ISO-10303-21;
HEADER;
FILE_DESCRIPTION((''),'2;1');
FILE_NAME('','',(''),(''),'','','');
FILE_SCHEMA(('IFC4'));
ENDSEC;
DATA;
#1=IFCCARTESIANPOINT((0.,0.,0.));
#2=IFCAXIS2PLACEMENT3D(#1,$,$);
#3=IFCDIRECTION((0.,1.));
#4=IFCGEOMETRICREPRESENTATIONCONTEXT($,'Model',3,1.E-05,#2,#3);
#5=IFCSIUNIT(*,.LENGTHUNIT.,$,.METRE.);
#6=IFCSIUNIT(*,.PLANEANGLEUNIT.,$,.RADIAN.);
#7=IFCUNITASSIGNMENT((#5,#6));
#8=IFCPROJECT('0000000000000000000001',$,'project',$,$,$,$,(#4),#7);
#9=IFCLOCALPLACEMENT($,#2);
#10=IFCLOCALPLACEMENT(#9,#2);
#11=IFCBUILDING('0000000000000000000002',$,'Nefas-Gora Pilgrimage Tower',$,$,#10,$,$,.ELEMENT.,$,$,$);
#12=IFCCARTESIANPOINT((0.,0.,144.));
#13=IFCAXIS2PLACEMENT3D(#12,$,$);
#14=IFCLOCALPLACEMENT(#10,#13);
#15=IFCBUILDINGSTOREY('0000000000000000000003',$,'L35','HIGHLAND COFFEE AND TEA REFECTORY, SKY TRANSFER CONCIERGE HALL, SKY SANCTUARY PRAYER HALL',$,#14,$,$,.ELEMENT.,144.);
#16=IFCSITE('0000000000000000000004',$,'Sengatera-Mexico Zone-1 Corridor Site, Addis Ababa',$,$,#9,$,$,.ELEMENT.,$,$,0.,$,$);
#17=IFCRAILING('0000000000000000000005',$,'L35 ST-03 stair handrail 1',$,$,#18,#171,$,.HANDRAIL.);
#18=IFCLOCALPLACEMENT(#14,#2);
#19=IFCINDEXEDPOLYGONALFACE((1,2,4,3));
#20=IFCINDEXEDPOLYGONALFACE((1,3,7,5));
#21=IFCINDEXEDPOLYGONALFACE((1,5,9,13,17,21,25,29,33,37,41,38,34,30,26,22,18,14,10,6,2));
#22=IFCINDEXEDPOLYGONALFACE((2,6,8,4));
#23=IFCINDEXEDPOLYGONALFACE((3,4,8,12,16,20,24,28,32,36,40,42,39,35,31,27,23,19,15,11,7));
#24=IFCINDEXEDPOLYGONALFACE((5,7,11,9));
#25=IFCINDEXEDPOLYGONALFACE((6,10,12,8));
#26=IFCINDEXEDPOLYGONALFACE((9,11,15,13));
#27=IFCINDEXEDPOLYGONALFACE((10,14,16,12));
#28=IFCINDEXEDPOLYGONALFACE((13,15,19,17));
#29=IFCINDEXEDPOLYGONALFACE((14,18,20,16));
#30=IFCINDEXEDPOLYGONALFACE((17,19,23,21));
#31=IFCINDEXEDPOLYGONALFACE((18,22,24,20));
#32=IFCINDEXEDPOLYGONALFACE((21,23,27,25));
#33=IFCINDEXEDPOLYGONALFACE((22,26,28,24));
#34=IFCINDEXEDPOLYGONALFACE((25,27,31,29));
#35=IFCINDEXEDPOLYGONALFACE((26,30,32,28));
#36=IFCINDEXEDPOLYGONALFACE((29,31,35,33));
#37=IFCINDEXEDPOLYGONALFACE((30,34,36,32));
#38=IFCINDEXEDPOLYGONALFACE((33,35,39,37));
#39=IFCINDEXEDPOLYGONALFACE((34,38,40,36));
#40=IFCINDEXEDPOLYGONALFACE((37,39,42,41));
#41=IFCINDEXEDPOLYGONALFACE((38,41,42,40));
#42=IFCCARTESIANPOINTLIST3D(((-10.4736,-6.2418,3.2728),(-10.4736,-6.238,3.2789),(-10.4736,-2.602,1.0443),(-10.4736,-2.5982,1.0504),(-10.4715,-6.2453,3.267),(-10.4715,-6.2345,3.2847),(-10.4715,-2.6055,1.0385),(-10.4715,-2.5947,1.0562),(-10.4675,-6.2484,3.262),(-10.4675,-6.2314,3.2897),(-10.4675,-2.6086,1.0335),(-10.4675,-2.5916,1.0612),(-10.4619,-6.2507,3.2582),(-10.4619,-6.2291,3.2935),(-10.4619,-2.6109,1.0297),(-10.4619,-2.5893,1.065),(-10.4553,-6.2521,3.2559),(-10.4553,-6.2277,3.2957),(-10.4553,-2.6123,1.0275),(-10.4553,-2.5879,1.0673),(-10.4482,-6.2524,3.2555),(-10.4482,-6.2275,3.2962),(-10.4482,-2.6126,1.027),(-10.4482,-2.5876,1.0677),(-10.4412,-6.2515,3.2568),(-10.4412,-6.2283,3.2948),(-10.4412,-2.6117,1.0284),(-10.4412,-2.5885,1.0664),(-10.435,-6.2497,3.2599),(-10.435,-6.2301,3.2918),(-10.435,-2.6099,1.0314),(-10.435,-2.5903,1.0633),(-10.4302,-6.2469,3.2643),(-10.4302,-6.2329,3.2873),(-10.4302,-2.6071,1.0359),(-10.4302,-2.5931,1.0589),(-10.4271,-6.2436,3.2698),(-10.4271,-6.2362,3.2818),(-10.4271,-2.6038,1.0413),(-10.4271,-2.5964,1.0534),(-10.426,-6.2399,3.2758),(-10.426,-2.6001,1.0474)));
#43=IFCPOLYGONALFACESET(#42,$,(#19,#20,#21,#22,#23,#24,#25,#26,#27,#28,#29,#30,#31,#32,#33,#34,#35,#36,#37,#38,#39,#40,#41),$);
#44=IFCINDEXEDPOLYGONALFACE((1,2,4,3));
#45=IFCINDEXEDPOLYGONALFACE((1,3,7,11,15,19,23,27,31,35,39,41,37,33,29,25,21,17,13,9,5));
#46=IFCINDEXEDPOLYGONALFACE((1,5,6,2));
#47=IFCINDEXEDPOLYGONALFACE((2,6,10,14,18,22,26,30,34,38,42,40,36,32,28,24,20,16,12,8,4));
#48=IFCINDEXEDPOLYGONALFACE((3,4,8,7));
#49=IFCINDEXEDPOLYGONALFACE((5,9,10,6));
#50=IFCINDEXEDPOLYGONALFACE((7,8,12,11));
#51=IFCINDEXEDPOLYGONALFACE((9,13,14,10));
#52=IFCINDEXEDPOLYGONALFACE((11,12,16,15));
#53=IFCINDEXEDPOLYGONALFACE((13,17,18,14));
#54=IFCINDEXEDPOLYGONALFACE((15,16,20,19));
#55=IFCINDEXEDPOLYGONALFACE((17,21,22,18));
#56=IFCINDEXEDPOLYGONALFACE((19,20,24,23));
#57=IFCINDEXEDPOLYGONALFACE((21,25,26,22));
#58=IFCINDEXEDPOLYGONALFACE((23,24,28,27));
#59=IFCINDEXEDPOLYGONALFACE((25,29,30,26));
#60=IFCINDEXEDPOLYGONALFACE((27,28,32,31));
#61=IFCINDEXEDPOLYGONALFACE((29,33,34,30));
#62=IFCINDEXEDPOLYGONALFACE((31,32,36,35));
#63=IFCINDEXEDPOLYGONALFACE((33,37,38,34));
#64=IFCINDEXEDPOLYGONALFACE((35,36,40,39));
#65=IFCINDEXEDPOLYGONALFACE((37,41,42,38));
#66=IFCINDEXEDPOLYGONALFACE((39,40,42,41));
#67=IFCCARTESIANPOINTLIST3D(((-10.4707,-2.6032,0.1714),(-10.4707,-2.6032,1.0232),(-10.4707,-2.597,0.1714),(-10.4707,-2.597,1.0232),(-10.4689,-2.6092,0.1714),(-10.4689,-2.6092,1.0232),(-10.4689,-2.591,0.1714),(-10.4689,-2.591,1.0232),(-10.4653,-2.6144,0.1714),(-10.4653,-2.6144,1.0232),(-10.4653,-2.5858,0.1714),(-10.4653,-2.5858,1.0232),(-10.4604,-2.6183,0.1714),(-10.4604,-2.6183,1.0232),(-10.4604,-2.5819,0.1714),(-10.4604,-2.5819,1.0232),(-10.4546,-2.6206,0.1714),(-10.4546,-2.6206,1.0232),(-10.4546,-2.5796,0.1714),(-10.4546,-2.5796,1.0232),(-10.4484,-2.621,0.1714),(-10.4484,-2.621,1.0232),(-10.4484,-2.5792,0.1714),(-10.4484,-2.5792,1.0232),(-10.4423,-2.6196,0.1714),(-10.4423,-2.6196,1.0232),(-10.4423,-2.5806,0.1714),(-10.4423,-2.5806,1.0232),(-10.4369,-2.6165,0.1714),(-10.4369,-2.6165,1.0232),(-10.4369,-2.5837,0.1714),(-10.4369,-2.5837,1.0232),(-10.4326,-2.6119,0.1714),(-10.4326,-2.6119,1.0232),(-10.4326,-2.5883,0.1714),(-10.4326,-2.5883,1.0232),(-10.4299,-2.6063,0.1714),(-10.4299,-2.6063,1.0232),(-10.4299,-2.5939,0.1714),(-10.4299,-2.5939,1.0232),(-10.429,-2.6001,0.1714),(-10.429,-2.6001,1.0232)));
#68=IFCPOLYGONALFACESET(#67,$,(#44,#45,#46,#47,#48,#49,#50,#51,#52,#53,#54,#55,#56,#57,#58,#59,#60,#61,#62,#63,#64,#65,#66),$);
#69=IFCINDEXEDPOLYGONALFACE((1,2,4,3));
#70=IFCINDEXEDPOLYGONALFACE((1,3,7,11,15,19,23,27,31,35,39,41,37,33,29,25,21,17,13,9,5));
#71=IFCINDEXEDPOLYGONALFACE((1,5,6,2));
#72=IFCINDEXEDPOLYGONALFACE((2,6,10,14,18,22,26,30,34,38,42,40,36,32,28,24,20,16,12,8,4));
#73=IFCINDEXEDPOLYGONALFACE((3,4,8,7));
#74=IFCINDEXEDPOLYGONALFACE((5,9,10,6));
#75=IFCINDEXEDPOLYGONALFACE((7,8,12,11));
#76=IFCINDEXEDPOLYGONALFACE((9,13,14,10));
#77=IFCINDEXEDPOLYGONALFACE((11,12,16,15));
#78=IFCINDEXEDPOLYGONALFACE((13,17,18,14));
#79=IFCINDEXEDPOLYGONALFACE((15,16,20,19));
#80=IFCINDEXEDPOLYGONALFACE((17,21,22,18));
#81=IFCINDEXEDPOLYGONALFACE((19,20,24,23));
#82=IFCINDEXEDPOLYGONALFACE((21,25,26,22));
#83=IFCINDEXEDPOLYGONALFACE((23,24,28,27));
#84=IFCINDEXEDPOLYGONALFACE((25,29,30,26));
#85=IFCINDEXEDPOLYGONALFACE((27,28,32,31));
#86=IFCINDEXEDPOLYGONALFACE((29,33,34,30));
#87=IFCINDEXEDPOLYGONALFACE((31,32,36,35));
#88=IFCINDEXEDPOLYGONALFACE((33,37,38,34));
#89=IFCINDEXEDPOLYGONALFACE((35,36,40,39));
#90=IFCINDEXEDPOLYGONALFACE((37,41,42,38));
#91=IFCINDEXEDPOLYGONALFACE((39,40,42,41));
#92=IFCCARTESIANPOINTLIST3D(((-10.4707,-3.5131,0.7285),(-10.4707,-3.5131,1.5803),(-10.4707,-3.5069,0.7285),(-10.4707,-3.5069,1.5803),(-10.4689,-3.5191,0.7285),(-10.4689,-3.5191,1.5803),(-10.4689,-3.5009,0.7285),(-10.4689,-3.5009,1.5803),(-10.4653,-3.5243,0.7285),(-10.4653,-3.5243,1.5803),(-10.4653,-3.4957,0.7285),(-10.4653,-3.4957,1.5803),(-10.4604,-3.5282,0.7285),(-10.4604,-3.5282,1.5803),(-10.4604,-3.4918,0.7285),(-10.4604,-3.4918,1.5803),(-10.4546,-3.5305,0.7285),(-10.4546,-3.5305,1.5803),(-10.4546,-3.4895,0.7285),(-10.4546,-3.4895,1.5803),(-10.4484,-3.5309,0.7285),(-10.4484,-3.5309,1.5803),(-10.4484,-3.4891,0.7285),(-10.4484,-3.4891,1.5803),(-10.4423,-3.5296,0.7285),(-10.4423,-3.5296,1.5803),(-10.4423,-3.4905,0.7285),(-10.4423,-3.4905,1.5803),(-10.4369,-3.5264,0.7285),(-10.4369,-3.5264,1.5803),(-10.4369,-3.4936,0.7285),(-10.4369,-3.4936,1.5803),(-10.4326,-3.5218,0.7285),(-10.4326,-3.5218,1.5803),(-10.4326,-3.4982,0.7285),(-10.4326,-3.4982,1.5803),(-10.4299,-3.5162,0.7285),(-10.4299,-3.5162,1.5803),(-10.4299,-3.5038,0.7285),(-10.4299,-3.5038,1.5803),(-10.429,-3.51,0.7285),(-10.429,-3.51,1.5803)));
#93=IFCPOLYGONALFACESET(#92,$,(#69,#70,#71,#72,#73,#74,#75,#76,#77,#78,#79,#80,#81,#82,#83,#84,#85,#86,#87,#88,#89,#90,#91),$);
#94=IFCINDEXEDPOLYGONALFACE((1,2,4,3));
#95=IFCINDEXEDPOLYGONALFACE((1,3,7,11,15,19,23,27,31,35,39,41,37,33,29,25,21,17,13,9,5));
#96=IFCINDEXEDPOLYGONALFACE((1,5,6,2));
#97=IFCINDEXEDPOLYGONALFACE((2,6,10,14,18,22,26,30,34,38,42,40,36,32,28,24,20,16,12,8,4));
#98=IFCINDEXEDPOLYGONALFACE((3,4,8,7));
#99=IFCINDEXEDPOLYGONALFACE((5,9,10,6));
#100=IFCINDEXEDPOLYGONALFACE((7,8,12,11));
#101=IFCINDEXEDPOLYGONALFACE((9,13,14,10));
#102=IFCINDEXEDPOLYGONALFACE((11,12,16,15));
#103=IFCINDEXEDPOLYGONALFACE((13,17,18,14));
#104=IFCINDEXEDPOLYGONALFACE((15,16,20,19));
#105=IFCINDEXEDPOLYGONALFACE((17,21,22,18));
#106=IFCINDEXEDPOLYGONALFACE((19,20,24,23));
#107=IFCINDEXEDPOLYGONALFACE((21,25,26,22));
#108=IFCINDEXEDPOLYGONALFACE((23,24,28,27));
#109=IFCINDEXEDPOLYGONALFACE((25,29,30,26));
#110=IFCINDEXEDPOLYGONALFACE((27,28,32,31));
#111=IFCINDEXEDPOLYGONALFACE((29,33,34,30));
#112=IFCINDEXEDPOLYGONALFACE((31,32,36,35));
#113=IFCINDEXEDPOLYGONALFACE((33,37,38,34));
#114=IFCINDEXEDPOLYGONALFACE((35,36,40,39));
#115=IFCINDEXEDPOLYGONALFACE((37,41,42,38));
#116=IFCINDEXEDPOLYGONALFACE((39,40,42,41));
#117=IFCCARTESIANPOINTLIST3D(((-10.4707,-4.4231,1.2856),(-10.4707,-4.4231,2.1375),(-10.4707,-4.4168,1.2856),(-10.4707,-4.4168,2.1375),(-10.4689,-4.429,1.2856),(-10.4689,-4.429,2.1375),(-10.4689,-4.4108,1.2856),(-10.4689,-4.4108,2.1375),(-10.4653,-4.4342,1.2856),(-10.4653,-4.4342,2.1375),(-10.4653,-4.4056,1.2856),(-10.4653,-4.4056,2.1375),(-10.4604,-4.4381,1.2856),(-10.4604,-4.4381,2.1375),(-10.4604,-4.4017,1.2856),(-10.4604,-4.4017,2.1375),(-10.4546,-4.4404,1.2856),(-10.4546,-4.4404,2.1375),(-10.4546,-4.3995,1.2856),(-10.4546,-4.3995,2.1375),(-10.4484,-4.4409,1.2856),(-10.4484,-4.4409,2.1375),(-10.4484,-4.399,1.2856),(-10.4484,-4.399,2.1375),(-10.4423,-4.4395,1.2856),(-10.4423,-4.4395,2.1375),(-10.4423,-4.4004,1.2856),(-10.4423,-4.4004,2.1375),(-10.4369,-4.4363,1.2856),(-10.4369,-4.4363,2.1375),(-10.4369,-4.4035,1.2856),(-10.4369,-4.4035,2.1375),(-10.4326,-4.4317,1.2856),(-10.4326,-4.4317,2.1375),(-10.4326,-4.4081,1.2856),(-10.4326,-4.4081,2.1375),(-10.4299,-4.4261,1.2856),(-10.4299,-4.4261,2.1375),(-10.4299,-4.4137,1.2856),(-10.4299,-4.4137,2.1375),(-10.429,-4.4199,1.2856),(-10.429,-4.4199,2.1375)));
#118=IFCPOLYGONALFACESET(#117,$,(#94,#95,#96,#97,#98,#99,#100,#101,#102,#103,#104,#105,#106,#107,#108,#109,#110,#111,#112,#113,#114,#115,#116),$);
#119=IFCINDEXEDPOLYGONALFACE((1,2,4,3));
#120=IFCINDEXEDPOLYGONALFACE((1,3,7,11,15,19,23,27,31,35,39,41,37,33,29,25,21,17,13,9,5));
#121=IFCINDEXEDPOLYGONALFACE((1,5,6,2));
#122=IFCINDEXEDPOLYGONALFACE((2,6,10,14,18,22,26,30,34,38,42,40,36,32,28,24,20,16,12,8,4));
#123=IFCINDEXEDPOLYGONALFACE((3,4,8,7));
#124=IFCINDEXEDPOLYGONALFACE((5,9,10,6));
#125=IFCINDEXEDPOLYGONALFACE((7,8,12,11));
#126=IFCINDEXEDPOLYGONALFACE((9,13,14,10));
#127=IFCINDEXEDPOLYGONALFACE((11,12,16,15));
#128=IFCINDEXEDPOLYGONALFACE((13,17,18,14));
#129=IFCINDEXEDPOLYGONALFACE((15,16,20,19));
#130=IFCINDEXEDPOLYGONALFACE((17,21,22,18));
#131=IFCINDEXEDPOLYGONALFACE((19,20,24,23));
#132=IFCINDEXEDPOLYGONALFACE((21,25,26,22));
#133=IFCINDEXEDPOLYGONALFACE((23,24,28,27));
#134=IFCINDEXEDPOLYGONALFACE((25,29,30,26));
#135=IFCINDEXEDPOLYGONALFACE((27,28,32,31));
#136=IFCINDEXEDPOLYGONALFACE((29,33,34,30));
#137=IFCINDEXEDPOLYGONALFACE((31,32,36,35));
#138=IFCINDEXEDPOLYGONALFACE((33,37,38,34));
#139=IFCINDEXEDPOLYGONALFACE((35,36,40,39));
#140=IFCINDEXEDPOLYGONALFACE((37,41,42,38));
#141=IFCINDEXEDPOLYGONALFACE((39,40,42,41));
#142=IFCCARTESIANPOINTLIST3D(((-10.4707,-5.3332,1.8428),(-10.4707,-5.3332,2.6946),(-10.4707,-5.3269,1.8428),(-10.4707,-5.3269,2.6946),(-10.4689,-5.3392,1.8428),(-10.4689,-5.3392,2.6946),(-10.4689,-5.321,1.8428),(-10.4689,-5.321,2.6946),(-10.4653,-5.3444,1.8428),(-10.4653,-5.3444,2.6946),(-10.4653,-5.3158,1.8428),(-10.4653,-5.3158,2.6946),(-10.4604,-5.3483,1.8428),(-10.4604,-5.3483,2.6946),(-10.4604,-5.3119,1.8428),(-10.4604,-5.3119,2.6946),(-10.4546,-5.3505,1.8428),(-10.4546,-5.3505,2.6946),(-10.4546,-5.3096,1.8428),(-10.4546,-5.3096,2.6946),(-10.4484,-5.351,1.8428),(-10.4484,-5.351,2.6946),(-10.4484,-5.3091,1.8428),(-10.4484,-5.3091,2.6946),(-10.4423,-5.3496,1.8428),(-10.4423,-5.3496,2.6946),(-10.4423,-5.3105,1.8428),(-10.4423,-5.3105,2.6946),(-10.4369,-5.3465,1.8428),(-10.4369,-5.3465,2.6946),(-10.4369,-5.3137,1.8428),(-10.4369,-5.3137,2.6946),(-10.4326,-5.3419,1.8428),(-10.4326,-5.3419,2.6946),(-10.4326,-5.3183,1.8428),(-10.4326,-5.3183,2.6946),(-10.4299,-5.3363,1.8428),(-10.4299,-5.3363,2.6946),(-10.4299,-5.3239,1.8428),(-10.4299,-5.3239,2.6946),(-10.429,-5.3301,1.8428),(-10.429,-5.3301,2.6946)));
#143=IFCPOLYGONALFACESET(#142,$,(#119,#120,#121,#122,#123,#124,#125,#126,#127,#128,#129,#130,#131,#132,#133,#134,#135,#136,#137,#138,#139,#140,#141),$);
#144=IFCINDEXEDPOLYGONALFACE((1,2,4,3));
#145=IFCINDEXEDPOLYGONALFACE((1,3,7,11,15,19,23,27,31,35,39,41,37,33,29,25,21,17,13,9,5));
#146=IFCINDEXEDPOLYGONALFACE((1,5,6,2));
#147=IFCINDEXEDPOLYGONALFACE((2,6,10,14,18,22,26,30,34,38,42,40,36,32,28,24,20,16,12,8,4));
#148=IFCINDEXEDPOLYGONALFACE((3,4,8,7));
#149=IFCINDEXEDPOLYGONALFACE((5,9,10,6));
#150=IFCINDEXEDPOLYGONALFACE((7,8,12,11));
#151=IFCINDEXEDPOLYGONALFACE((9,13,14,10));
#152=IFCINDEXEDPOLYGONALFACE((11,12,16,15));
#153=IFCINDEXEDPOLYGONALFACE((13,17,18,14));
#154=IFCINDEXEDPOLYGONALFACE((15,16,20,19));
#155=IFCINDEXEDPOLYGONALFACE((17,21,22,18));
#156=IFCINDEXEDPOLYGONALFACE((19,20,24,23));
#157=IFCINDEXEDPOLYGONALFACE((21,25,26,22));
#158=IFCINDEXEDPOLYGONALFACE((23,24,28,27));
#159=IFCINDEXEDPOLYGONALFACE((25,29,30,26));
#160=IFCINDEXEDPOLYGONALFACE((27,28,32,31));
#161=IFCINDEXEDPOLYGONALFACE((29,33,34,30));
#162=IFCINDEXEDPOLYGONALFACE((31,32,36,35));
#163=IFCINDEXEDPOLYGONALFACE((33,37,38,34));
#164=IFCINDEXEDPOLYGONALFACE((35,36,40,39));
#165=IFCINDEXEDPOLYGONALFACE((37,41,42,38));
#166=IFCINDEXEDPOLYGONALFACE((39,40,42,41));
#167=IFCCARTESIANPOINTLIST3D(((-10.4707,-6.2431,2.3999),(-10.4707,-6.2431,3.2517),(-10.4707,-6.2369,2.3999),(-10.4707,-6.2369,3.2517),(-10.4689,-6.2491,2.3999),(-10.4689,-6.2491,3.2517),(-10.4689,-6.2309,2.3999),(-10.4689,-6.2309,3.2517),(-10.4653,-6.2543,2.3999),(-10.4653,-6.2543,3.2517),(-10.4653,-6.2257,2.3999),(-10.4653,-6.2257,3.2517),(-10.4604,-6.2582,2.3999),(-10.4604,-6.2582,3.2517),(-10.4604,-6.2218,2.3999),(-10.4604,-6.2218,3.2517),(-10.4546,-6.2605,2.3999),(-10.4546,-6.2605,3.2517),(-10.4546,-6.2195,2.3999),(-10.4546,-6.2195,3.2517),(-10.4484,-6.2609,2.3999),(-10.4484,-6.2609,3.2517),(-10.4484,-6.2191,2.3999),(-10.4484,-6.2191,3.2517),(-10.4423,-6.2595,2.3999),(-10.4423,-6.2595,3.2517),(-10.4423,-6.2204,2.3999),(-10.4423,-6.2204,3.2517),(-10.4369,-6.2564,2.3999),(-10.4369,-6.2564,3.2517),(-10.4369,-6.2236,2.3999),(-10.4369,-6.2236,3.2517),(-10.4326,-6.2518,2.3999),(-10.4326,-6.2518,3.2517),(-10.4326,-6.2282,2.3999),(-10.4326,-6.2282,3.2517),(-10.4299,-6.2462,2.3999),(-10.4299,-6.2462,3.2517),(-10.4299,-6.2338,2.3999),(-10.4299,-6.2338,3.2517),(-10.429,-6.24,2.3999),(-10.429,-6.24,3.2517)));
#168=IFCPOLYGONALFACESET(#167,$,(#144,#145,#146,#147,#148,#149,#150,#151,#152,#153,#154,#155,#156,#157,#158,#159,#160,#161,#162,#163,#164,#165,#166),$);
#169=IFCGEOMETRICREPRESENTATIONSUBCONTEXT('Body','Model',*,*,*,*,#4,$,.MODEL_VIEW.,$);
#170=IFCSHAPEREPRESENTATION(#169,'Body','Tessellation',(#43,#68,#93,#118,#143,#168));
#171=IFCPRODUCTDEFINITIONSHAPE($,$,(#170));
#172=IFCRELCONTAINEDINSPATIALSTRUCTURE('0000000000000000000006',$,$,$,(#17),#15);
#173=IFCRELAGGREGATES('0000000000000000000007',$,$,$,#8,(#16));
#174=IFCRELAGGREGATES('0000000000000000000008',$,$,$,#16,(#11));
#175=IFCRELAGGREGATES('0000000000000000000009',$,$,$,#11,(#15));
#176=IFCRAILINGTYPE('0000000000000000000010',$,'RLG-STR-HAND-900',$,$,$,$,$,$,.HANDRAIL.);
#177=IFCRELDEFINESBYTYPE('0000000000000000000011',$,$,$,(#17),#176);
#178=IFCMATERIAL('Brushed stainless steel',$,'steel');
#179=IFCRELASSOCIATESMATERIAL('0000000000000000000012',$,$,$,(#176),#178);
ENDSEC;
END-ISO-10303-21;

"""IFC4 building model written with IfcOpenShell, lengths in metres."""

from ifc_helpers import new_model, si_unit, direction, frame, origin, origin_2d, place, context, subcontext, project, spatial, circle, extrude, material, type_object, element, save


model = new_model("IFC4")

# Units and contexts
model_context = context("Model", 3, precision=1e-05, world=origin(), true_north=direction((0.0, 1.0)))
body_context = subcontext(model_context, "Body", "Model", "MODEL_VIEW")
ifc_project = project(units=[si_unit("LENGTHUNIT", "METRE"), si_unit("PLANEANGLEUNIT", "RADIAN")], contexts=[model_context])

# Site, building, storey
site_placement = place(None, origin())
site = spatial("IfcSite", under=ifc_project, at=site_placement, Name="Sengatera-Mexico Zone-1 Corridor Site, Addis Ababa", CompositionType="ELEMENT", RefElevation=0.0)
building_placement = place(site_placement, origin())
building = spatial("IfcBuilding", under=site, at=building_placement, Name="Nefas-Gora Pilgrimage Tower", CompositionType="ELEMENT")
storey_placement = place(building_placement, frame((0.0, 0.0, 144.0)))
storey = spatial("IfcBuildingStorey", under=building, at=storey_placement, Name="L35", Description="HIGHLAND COFFEE AND TEA REFECTORY, SKY TRANSFER CONCIERGE HALL, SKY SANCTUARY PRAYER HALL", CompositionType="ELEMENT", Elevation=144.0)

# Railing
ifc_material_1 = material(Name="Brushed stainless steel", Category="steel")
railing_type_1 = type_object("IfcRailingType", Name="RLG-STR-HAND-900", PredefinedType="HANDRAIL", material=ifc_material_1)
railing_1_placement = place(storey_placement, frame((-10.45, -2.6001, 0.1714)))
element("IfcRailing", 1, at=railing_1_placement, inside=storey, type_object=railing_type_1, Name="L35 ST-03 stair handrail 1", PredefinedType="HANDRAIL", context=body_context, shape_type="SweptSolid", body=[
    extrude(circle(Radius=0.0239, at=origin_2d()), frame((0.0, 0.0, 0.876), z_axis=(0.0, -0.85285, 0.522156), x_axis=(1.0, 0.0, 0.0)), (0.0, 0.0, 1.0), 4.2678),
    extrude(circle(Radius=0.021, at=origin_2d()), origin(), (0.0, 0.0, 1.0), 0.8518),
    extrude(circle(Radius=0.021, at=origin_2d()), frame((0.0, -0.9099, 0.5571)), (0.0, 0.0, 1.0), 0.8518),
    extrude(circle(Radius=0.021, at=origin_2d()), frame((0.0, -1.8198, 1.1143)), (0.0, 0.0, 1.0), 0.8518),
    extrude(circle(Radius=0.021, at=origin_2d()), frame((0.0, -2.73, 1.6714)), (0.0, 0.0, 1.0), 0.8518),
    extrude(circle(Radius=0.021, at=origin_2d()), frame((0.0, -3.6399, 2.2285)), (0.0, 0.0, 1.0), 0.8518),
])

save(model, "model.ifc")
